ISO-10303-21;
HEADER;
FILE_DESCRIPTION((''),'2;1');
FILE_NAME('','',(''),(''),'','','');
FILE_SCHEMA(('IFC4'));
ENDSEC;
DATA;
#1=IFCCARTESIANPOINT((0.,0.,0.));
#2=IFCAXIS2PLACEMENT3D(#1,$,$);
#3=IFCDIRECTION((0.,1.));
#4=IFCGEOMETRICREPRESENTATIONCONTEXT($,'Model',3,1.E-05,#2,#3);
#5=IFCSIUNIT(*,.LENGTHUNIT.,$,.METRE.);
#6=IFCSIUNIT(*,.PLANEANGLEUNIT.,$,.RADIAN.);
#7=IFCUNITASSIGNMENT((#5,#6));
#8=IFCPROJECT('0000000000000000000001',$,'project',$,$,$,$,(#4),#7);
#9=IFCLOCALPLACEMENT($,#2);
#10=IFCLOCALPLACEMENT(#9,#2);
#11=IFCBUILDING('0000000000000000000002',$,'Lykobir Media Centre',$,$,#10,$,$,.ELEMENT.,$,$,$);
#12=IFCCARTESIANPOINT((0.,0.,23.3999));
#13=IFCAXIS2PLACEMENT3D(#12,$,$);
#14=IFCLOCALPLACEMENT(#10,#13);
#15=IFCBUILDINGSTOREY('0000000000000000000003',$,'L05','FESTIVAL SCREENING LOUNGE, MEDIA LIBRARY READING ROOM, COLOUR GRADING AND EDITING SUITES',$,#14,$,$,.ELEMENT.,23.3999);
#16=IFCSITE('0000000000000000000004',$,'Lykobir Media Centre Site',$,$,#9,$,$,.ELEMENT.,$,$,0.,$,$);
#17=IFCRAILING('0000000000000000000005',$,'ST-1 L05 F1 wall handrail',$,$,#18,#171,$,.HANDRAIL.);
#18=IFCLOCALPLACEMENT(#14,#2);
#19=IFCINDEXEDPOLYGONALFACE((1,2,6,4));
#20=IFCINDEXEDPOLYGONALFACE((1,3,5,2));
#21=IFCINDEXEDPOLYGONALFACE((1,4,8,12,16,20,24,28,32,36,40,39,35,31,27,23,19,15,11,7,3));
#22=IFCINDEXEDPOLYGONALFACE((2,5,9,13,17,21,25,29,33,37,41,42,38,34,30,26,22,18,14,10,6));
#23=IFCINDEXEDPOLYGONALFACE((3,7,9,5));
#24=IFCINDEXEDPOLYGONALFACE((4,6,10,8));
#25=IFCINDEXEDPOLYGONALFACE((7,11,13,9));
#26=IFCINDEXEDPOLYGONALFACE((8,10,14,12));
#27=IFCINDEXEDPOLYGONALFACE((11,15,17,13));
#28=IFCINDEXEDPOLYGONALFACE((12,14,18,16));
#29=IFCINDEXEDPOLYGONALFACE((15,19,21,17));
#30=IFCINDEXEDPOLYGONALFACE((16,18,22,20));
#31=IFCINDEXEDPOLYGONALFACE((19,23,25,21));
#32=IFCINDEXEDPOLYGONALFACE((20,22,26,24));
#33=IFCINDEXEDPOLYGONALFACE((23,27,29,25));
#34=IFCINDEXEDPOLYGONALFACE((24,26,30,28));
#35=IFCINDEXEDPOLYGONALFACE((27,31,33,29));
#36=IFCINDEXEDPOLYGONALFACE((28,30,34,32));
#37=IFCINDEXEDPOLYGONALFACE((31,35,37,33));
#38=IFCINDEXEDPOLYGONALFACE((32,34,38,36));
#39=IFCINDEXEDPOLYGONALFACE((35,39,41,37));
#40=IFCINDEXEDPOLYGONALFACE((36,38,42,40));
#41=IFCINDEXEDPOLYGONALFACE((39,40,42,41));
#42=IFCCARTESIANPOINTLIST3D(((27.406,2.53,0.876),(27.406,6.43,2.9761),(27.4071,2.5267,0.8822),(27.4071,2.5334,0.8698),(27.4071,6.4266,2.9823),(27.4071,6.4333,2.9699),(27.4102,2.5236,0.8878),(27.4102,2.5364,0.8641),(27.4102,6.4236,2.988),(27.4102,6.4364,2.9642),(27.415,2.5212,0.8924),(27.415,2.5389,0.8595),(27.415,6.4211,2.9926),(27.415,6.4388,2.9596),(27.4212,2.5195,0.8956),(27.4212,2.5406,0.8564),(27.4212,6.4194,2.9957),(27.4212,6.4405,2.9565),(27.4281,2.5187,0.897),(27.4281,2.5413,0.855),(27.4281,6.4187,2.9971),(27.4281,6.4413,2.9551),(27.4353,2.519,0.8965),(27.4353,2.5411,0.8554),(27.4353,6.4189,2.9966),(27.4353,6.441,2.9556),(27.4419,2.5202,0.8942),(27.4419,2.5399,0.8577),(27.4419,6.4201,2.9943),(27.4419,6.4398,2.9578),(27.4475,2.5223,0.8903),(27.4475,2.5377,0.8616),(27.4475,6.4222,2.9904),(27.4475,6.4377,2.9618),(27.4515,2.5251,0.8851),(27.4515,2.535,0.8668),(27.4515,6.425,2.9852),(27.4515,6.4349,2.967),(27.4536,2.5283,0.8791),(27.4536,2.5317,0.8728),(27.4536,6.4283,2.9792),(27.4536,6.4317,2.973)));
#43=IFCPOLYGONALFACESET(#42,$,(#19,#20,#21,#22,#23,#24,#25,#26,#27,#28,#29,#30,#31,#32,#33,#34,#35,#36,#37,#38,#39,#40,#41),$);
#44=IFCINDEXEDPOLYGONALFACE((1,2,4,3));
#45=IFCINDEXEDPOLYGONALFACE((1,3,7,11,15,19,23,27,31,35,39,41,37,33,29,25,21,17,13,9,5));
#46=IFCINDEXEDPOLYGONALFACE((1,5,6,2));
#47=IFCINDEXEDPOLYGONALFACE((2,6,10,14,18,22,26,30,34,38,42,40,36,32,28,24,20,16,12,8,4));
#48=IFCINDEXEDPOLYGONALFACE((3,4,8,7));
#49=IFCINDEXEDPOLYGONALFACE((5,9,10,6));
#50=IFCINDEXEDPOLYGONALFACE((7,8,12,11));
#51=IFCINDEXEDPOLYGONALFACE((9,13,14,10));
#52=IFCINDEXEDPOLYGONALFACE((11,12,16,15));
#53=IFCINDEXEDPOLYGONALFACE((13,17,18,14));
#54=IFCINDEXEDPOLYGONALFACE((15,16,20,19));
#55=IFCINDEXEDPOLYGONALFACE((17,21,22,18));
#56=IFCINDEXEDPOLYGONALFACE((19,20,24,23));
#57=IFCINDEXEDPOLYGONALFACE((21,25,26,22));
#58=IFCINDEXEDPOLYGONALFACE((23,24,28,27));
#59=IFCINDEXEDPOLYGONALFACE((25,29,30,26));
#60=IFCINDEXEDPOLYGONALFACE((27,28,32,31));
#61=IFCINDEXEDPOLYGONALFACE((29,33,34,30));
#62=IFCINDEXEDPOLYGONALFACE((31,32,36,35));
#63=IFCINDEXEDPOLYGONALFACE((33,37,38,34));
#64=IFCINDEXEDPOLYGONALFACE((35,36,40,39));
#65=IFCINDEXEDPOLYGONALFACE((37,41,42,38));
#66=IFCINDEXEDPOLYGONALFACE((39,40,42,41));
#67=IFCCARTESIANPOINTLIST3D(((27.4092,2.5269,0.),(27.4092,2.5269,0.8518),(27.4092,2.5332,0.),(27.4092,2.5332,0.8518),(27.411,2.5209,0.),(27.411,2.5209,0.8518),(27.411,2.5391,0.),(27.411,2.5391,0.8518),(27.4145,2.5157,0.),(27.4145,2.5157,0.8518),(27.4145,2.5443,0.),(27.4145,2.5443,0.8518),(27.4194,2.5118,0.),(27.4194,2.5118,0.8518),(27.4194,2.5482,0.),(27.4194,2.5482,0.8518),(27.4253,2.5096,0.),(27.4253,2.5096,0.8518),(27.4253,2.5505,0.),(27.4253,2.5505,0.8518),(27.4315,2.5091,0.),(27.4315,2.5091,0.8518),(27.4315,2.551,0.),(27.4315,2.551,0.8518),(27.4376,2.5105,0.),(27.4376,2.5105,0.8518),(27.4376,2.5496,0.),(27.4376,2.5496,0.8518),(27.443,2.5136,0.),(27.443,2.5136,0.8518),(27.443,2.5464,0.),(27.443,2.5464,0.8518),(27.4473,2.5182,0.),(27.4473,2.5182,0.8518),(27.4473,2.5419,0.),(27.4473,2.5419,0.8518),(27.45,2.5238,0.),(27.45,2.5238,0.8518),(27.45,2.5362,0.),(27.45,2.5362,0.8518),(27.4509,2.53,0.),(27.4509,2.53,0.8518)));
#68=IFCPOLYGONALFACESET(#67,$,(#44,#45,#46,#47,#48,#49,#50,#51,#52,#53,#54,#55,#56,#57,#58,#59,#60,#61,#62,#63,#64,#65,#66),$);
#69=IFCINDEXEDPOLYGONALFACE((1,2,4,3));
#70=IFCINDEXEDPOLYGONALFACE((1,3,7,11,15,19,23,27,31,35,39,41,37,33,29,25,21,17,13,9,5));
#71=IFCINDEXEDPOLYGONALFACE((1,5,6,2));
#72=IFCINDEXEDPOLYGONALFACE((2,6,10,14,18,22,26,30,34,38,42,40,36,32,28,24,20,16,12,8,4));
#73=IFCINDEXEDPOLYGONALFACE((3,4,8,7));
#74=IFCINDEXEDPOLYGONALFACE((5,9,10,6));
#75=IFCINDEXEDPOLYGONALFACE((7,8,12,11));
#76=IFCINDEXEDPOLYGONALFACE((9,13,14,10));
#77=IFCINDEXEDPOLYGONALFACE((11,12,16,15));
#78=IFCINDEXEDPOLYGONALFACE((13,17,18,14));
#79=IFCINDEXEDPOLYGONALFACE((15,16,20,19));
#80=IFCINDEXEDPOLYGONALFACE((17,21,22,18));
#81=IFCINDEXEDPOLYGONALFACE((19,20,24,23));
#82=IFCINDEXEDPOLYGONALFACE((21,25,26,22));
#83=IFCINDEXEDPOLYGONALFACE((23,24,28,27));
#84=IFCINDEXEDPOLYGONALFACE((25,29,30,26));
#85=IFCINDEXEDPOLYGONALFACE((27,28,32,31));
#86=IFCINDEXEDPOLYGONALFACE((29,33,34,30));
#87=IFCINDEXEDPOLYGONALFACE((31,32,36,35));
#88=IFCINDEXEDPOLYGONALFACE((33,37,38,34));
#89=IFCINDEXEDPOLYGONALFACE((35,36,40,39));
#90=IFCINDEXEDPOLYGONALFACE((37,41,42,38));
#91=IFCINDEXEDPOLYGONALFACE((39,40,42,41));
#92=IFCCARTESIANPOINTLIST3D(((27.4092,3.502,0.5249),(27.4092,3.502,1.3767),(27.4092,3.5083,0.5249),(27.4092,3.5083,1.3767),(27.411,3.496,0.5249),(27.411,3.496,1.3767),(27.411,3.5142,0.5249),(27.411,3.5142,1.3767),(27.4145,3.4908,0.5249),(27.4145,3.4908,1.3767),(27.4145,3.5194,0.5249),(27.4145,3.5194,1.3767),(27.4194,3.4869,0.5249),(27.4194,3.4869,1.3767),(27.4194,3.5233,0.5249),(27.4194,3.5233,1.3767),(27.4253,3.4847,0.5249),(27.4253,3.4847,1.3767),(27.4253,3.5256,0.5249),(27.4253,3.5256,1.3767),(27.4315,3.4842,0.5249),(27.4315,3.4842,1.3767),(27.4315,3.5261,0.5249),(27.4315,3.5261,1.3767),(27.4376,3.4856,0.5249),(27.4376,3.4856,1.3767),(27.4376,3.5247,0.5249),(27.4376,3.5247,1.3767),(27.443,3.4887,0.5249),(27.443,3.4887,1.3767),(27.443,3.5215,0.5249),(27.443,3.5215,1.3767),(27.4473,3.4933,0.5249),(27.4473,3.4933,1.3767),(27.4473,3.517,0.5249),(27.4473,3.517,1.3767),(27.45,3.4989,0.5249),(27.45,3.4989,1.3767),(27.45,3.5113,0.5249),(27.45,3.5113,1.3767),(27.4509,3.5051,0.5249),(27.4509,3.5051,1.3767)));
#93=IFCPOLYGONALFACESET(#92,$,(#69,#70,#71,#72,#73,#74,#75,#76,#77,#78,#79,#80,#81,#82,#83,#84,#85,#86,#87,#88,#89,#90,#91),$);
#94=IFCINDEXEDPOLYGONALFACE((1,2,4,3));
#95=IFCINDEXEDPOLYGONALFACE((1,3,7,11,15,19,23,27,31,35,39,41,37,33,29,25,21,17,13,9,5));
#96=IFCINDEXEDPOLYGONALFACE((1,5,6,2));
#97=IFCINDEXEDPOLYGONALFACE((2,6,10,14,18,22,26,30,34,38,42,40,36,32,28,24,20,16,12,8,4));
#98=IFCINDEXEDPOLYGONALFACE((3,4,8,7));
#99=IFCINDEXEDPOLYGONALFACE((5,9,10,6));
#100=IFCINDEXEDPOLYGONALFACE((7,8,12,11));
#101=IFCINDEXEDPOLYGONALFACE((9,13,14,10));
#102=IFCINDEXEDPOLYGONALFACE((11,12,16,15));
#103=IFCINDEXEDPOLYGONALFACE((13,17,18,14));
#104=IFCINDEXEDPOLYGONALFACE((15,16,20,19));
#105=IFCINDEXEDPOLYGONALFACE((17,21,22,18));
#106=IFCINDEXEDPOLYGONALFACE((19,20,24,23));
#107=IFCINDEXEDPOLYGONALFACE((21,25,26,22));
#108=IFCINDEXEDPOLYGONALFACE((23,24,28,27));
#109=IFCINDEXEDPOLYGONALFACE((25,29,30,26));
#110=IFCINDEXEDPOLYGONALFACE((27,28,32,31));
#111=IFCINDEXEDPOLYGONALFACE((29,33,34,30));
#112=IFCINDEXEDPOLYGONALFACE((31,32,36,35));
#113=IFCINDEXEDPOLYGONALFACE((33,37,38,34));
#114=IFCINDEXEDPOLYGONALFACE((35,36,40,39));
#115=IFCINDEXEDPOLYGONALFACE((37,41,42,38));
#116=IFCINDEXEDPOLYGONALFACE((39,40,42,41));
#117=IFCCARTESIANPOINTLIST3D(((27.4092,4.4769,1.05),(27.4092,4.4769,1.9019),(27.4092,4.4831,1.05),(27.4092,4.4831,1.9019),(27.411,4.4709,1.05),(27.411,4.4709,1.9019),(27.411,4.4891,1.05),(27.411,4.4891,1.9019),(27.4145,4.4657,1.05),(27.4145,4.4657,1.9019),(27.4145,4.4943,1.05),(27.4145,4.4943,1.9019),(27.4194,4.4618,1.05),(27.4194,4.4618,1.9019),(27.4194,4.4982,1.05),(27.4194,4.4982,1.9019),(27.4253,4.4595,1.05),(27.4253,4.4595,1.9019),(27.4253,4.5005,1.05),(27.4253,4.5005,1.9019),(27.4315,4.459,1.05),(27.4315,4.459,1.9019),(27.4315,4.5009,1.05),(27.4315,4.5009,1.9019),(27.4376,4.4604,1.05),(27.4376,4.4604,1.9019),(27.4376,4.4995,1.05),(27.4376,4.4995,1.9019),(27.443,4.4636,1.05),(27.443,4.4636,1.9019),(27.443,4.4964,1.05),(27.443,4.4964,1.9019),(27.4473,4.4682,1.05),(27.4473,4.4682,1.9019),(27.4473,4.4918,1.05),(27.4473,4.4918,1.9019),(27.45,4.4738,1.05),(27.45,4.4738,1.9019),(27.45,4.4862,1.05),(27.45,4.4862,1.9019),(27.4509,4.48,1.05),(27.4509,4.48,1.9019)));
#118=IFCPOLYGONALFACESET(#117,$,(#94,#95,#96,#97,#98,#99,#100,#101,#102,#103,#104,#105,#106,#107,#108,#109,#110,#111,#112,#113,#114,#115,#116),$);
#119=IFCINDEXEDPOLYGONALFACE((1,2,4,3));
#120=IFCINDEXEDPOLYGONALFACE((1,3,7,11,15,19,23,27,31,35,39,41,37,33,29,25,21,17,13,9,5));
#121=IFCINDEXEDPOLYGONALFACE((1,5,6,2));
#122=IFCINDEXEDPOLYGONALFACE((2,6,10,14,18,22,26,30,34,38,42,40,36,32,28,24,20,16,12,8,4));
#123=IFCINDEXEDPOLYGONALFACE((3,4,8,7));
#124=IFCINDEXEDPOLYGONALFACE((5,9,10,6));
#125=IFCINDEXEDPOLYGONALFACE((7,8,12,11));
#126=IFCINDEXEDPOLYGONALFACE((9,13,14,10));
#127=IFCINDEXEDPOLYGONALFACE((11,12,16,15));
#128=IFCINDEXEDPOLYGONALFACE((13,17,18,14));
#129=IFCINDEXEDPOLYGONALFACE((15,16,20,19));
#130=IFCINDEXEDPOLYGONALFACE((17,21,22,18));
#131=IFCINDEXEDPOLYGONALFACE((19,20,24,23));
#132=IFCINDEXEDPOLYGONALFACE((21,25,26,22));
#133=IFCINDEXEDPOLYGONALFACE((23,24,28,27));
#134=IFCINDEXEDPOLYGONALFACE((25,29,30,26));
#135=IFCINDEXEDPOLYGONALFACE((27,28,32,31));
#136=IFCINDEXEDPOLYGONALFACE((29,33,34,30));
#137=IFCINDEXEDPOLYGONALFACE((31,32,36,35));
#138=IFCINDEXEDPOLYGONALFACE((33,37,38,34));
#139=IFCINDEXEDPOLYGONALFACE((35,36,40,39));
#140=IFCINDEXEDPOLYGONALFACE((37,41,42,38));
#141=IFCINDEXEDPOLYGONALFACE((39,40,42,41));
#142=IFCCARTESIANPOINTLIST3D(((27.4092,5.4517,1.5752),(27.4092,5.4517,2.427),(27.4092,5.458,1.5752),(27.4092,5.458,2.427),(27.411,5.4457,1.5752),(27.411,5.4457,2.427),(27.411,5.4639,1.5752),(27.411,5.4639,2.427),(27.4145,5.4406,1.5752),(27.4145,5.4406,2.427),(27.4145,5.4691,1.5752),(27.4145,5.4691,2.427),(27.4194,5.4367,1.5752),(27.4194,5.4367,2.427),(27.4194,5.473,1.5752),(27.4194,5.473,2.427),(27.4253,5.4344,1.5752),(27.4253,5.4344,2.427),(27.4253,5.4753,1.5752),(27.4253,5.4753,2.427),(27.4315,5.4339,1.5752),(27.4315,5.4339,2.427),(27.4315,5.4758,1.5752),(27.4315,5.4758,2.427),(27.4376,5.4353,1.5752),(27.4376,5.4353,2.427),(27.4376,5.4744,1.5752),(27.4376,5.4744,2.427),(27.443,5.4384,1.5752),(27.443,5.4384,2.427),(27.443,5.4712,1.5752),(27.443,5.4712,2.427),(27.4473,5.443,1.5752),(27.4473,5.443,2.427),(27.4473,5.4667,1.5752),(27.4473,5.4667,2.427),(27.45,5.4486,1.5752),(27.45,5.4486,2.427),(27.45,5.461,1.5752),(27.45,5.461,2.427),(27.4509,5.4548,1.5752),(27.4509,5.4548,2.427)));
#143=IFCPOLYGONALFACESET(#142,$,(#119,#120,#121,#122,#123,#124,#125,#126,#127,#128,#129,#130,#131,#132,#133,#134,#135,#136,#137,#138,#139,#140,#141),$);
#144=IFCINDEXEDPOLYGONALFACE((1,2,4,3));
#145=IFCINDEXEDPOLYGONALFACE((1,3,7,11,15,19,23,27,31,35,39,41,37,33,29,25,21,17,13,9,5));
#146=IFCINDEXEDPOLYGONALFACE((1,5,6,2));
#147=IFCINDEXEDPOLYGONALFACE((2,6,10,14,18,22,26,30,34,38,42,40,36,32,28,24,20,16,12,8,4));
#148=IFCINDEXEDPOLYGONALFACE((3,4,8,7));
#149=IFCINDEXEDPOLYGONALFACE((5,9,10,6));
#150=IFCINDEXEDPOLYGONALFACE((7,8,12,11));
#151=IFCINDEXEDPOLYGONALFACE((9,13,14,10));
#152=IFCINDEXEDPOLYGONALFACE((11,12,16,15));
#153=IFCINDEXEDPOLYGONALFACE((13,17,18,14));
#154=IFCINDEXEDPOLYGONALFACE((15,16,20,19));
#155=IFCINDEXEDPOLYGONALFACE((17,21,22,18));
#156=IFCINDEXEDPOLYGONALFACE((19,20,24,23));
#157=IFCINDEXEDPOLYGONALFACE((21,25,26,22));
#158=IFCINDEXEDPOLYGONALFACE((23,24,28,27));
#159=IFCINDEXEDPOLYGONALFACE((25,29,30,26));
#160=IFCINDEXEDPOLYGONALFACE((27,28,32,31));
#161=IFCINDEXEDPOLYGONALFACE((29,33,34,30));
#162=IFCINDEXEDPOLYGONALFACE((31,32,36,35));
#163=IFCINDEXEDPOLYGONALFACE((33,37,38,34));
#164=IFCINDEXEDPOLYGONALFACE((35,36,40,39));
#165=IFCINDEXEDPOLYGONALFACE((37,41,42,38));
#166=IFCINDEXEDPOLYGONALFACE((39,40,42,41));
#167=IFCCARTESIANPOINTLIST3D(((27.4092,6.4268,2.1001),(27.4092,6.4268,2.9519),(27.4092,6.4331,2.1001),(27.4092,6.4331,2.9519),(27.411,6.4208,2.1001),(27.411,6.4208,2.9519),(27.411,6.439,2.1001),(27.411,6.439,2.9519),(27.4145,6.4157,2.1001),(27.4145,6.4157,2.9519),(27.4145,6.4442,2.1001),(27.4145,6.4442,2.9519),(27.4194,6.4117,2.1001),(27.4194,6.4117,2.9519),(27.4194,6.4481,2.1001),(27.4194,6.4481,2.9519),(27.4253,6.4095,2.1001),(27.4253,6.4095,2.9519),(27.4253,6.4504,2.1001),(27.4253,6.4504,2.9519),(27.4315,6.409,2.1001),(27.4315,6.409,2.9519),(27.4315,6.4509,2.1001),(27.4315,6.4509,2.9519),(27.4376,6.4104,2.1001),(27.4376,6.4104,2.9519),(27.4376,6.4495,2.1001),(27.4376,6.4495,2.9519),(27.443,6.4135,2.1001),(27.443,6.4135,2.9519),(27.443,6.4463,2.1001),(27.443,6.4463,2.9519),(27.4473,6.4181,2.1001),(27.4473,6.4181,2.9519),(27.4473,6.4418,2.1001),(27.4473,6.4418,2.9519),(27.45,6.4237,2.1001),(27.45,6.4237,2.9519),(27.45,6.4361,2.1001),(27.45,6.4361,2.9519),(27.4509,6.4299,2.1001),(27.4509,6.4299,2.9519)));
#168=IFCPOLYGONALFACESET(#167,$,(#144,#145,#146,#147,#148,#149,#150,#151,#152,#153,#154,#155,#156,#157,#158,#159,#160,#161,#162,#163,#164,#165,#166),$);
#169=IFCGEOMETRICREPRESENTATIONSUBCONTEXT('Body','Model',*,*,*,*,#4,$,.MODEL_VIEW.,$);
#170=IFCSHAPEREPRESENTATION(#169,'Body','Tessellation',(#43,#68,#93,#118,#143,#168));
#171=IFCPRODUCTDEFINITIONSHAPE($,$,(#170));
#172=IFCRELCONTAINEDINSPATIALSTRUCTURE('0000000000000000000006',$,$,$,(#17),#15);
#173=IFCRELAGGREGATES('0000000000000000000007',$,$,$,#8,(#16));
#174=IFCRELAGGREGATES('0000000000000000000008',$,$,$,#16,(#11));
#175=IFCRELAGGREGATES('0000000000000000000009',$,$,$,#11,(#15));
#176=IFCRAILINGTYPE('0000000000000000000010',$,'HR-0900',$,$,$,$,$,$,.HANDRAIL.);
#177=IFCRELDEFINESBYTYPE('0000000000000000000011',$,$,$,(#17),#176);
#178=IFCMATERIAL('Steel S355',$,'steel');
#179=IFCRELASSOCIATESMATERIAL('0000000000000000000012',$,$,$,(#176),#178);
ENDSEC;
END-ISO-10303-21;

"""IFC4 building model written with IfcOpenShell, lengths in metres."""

from ifc_helpers import new_model, si_unit, direction, frame, origin, origin_2d, place, context, subcontext, project, spatial, circle, extrude, material, type_object, element, save


model = new_model("IFC4")

# Units and contexts
model_context = context("Model", 3, precision=1e-05, world=origin(), true_north=direction((0.0, 1.0)))
body_context = subcontext(model_context, "Body", "Model", "MODEL_VIEW")
ifc_project = project(units=[si_unit("LENGTHUNIT", "METRE"), si_unit("PLANEANGLEUNIT", "RADIAN")], contexts=[model_context])

# Site, building, storey
site_placement = place(None, origin())
site = spatial("IfcSite", under=ifc_project, at=site_placement, Name="Lykobir Media Centre Site", CompositionType="ELEMENT", RefElevation=0.0)
building_placement = place(site_placement, origin())
building = spatial("IfcBuilding", under=site, at=building_placement, Name="Lykobir Media Centre", CompositionType="ELEMENT")
storey_placement = place(building_placement, frame((0.0, 0.0, 23.3999)))
storey = spatial("IfcBuildingStorey", under=building, at=storey_placement, Name="L05", Description="FESTIVAL SCREENING LOUNGE, MEDIA LIBRARY READING ROOM, COLOUR GRADING AND EDITING SUITES", CompositionType="ELEMENT", Elevation=23.3999)

# Shared definitions
ifc_material_1 = material(Name="Steel S355", Category="steel")

# Railing
railing_type_1 = type_object("IfcRailingType", Name="HR-0900", PredefinedType="HANDRAIL", material=ifc_material_1)
railing_1_placement = place(storey_placement, frame((27.4299, 2.53, 0.0)))
element("IfcRailing", 1, at=railing_1_placement, inside=storey, type_object=railing_type_1, Name="ST-1 L05 F1 wall handrail", PredefinedType="HANDRAIL", context=body_context, shape_type="SweptSolid", body=[
    extrude(circle(Radius=0.0239, at=origin_2d()), frame((0.0, 0.0, 0.876), z_axis=(0.0, 0.880457, 0.474126), x_axis=(-1.0, 0.0, 0.0)), (0.0, 0.0, 1.0), 4.4294),
    extrude(circle(Radius=0.021, at=origin_2d()), origin(), (0.0, 0.0, 1.0), 0.8518),
    extrude(circle(Radius=0.021, at=origin_2d()), frame((0.0, 0.9751, 0.5249)), (0.0, 0.0, 1.0), 0.8518),
    extrude(circle(Radius=0.021, at=origin_2d()), frame((0.0, 1.95, 1.05)), (0.0, 0.0, 1.0), 0.8518),
    extrude(circle(Radius=0.021, at=origin_2d()), frame((0.0, 2.9248, 1.5752)), (0.0, 0.0, 1.0), 0.8518),
    extrude(circle(Radius=0.021, at=origin_2d()), frame((0.0, 3.8999, 2.1001)), (0.0, 0.0, 1.0), 0.8518),
])

save(model, "model.ifc")
